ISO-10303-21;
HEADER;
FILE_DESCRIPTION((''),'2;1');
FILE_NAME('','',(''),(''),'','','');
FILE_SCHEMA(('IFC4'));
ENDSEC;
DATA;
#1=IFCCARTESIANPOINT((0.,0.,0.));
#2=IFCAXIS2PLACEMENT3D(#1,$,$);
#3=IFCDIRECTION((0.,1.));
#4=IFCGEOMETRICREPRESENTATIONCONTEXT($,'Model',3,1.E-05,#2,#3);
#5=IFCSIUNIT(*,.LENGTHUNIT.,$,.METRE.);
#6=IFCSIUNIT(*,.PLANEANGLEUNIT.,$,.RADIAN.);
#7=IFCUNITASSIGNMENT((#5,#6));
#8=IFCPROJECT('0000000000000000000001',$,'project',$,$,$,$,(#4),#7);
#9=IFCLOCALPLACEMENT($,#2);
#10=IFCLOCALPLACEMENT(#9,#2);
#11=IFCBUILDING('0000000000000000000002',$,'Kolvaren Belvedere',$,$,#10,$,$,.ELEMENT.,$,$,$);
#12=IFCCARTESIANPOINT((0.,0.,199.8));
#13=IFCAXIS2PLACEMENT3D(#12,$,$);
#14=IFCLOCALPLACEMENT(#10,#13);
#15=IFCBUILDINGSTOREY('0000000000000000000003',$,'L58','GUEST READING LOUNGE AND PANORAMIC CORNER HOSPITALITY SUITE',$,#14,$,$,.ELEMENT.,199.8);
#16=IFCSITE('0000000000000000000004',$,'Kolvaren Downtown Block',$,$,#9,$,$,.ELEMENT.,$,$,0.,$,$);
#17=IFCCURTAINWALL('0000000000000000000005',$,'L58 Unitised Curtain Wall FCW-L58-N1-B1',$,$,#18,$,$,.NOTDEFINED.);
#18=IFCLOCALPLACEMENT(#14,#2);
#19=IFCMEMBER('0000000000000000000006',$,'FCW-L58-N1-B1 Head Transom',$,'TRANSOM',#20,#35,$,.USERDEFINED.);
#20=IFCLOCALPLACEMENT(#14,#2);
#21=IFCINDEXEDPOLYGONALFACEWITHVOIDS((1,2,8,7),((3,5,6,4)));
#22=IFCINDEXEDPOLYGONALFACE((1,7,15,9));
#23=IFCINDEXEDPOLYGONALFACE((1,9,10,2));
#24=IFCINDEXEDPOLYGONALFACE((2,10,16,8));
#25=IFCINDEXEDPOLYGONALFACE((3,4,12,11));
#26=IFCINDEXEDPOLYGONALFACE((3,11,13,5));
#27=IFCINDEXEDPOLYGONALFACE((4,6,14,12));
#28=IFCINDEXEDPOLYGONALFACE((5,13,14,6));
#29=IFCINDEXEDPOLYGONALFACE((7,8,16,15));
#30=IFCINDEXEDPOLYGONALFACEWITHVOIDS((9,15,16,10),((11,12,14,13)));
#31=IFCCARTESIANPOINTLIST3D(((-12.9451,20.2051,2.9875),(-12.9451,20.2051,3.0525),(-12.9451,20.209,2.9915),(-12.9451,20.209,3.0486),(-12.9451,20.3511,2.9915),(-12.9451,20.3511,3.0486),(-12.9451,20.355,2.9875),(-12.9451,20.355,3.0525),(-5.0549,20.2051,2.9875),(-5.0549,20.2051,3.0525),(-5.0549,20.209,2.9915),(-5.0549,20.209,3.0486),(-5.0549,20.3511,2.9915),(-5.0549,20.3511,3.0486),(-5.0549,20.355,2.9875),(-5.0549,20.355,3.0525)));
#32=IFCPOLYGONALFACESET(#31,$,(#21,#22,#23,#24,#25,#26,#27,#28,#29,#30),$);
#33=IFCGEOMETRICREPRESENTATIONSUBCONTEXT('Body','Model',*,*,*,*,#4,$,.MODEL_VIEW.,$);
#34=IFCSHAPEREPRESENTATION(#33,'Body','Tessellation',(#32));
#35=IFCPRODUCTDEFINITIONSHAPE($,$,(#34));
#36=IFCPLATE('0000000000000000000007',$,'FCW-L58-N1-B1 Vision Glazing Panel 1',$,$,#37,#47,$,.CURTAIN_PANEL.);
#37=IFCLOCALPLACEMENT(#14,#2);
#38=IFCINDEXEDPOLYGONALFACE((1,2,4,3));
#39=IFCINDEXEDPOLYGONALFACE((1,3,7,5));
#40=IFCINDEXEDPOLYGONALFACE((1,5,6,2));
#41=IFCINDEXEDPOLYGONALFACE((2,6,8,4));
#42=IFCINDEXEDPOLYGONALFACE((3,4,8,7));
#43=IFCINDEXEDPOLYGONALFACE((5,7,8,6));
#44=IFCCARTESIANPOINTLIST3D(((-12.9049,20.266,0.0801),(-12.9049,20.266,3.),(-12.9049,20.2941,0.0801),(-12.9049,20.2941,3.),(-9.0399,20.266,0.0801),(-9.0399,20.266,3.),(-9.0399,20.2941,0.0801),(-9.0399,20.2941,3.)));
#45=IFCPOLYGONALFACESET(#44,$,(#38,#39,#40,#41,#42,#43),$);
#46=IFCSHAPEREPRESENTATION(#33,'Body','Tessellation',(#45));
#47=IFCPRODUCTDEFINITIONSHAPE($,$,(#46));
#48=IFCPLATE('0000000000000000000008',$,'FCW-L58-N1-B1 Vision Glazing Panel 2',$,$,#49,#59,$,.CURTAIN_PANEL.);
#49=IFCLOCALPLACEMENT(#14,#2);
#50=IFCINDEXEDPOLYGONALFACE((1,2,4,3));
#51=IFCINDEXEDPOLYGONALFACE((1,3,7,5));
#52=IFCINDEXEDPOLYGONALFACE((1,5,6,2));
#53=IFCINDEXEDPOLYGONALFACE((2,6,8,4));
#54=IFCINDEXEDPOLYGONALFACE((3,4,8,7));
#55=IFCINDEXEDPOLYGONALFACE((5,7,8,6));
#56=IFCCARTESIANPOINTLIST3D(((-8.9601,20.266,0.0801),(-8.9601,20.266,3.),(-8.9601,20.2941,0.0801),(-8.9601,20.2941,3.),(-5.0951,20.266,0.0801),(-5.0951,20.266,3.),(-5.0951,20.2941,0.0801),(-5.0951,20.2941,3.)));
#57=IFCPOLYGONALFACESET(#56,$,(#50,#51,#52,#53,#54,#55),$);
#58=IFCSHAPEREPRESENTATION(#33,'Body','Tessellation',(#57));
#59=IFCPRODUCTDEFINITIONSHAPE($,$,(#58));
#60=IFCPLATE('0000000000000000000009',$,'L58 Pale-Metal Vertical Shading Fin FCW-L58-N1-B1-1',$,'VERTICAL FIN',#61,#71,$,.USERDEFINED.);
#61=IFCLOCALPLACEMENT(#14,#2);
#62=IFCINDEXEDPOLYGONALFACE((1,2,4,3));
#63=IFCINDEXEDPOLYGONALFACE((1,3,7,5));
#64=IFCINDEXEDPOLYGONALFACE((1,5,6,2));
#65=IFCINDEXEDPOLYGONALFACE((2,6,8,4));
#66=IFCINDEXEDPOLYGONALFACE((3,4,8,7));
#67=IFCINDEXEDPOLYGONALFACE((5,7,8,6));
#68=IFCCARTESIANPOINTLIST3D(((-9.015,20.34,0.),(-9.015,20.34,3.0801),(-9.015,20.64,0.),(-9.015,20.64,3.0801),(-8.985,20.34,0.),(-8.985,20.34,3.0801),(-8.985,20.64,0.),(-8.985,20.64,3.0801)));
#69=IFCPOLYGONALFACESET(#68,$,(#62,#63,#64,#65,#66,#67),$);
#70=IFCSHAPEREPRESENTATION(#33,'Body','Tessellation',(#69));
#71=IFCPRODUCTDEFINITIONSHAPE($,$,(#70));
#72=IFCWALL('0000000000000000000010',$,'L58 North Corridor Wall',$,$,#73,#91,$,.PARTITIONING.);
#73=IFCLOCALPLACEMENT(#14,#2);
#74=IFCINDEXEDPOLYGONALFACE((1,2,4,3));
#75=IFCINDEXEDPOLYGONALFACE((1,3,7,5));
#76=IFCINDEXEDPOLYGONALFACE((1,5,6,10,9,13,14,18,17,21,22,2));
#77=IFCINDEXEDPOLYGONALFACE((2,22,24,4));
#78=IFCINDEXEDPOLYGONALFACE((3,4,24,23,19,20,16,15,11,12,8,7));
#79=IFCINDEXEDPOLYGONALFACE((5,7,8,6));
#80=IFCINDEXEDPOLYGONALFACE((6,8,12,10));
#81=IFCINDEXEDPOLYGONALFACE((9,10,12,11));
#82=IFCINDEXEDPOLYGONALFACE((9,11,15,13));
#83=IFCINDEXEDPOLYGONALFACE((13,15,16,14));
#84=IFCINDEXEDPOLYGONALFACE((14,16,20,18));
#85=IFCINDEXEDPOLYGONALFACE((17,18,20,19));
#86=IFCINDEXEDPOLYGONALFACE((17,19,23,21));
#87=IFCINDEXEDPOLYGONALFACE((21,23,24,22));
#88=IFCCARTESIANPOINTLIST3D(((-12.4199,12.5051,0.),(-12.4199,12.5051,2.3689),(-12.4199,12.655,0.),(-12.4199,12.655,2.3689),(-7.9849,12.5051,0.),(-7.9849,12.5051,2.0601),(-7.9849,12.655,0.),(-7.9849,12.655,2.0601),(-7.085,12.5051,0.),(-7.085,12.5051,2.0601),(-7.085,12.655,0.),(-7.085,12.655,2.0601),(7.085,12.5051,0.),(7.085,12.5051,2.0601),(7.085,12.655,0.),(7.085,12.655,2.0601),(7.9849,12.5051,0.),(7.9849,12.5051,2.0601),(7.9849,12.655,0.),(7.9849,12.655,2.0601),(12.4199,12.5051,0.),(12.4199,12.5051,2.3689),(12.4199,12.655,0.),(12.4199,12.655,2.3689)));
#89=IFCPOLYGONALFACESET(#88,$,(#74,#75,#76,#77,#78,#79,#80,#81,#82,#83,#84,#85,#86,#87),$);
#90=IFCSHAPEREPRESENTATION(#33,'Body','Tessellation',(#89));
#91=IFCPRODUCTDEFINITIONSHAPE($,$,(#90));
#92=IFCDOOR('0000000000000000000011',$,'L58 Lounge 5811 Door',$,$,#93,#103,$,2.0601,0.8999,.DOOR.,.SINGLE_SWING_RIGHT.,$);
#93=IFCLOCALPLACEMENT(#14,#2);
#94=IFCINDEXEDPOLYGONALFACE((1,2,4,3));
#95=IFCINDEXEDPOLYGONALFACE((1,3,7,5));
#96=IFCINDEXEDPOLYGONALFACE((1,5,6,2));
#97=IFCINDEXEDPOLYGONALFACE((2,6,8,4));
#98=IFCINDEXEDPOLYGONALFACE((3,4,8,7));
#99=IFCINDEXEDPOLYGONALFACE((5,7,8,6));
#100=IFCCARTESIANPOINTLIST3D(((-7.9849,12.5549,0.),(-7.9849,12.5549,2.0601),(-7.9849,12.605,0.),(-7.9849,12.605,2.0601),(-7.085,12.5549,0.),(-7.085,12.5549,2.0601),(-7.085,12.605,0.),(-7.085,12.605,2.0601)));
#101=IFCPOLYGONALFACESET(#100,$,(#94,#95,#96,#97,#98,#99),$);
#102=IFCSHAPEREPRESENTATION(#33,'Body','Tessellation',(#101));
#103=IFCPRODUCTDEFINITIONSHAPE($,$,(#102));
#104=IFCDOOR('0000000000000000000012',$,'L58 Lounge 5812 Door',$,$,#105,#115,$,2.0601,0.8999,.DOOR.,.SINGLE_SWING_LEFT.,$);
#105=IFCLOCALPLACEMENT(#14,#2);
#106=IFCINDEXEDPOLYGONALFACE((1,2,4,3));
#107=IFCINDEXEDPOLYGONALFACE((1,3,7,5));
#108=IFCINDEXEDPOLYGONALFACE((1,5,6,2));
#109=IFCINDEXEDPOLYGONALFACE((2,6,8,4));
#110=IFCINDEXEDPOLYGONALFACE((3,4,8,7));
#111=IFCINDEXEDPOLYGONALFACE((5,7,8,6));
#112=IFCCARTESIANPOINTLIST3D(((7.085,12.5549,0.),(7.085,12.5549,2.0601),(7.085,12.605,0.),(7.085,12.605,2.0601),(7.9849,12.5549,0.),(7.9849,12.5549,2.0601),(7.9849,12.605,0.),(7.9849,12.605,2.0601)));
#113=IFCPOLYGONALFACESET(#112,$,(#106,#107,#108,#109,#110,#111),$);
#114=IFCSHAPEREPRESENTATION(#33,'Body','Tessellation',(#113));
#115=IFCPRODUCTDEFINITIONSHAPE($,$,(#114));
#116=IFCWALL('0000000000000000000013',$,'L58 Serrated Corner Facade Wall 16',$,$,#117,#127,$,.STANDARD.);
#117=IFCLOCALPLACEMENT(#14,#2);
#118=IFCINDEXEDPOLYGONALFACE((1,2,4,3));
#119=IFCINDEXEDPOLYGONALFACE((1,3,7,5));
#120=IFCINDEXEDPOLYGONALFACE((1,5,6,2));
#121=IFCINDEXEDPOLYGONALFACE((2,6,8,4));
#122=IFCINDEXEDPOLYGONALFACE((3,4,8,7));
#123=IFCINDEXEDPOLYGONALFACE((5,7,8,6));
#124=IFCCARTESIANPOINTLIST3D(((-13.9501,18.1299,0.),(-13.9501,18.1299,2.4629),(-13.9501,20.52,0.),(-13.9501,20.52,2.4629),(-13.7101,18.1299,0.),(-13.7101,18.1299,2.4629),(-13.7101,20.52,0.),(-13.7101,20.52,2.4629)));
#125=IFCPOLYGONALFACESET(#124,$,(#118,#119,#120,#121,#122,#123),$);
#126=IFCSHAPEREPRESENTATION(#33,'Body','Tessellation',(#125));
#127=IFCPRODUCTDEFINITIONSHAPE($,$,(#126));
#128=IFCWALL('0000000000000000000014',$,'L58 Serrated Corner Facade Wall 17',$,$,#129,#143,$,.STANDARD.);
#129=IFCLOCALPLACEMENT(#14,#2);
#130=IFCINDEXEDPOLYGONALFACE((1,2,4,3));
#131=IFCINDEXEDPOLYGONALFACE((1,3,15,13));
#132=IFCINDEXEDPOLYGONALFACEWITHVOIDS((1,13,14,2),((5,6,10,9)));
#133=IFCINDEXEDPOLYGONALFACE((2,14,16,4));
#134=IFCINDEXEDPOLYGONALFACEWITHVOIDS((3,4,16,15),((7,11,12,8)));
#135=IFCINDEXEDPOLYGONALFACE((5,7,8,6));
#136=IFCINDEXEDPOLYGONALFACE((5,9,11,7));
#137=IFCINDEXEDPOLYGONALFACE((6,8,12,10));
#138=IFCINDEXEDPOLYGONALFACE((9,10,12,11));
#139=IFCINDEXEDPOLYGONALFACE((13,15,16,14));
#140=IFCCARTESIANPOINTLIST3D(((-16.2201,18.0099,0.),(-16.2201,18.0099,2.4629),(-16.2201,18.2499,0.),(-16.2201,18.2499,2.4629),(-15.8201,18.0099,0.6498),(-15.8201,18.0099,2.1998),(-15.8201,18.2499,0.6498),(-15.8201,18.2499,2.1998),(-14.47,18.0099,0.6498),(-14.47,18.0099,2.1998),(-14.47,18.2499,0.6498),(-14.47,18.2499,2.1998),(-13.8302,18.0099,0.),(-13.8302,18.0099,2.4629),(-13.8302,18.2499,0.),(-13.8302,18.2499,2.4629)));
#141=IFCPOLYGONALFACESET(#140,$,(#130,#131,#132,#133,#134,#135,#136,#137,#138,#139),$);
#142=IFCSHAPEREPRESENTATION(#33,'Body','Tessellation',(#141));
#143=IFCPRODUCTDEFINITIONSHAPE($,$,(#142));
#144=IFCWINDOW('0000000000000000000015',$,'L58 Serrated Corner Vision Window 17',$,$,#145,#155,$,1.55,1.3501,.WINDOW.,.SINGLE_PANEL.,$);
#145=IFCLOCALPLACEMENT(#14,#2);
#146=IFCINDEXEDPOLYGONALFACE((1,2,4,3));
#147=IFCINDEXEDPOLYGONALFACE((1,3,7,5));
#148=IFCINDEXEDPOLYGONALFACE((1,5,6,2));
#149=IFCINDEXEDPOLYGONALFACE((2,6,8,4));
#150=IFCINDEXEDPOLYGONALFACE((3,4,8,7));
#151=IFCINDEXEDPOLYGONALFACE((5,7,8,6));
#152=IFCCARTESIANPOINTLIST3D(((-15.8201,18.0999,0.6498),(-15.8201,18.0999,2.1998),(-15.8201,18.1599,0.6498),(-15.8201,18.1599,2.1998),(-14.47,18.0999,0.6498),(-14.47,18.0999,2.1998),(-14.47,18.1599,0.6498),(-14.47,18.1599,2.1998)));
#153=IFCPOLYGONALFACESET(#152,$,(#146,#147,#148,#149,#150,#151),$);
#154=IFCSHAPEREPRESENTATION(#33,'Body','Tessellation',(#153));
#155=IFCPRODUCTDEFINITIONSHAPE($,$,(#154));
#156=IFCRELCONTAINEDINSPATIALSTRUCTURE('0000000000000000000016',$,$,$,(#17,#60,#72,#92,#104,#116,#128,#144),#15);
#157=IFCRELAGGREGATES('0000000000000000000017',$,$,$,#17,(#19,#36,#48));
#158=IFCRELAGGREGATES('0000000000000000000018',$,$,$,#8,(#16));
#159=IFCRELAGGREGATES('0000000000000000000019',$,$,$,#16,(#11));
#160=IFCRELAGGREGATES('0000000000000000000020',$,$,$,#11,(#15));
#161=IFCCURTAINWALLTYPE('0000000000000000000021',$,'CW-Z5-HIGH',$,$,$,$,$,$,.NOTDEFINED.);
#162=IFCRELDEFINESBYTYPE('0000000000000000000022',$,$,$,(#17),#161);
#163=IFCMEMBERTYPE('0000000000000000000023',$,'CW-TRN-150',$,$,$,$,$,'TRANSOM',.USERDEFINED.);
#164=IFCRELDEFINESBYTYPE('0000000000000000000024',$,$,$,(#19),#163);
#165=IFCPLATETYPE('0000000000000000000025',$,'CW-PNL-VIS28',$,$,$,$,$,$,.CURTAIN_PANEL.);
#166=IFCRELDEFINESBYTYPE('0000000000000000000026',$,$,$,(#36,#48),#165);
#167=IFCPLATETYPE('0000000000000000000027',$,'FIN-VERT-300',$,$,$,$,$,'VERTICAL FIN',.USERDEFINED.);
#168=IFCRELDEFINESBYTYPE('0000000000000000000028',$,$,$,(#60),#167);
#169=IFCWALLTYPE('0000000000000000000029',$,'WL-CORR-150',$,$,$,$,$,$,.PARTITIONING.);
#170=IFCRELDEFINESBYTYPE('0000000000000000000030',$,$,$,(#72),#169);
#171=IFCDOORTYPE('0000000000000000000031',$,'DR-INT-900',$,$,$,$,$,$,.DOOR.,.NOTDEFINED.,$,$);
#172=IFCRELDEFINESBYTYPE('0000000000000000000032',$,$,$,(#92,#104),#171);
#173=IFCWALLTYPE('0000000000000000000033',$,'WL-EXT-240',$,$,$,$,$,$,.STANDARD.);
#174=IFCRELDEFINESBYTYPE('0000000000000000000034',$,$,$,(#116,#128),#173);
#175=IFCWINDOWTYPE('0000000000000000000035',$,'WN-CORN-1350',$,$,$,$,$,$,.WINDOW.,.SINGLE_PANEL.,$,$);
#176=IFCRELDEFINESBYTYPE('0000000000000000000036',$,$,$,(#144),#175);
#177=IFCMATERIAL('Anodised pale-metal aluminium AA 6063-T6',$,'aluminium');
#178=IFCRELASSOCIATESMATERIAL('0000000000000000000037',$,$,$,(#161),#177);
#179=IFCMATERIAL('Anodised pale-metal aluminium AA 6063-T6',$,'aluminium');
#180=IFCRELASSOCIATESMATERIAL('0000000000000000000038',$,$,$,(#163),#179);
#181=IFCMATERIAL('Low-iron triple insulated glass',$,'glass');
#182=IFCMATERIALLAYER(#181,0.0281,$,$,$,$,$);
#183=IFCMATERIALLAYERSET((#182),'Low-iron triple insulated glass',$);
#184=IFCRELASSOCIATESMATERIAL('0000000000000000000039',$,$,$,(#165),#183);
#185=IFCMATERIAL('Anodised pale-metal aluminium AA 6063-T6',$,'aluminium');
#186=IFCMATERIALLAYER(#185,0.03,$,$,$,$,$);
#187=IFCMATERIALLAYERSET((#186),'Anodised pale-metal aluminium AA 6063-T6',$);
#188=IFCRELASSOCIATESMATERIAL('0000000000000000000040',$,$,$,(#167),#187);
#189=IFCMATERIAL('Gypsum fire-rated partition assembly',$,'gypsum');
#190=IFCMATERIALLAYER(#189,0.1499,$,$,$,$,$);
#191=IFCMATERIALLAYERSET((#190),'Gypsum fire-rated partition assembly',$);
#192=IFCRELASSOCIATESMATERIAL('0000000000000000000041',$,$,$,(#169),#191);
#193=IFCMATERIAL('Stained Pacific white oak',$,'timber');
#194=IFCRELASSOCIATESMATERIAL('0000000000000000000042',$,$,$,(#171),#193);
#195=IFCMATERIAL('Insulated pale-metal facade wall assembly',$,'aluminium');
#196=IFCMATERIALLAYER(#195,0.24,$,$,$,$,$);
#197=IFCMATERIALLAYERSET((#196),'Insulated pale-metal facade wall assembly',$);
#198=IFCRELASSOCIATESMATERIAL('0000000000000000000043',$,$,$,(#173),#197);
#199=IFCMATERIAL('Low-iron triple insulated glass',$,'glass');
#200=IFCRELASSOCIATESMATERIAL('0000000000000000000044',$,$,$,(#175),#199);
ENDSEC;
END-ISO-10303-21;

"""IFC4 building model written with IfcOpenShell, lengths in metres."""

from ifc_helpers import new_model, si_unit, direction, frame, frame_2d, origin, origin_2d, place, context, subcontext, project, spatial, rectangle, hollow_rectangle, extrude, material, layer, layer_set, material_profile, profile_set, type_object, element, fill, aggregate, save


model = new_model("IFC4")

# Units and contexts
model_context = context("Model", 3, precision=1e-05, world=origin(), true_north=direction((0.0, 1.0)))
body_context = subcontext(model_context, "Body", "Model", "MODEL_VIEW")
ifc_project = project(units=[si_unit("LENGTHUNIT", "METRE"), si_unit("PLANEANGLEUNIT", "RADIAN")], contexts=[model_context])

# Site, building, storey
site_placement = place(None, origin())
site = spatial("IfcSite", under=ifc_project, at=site_placement, Name="Kolvaren Downtown Block", CompositionType="ELEMENT", RefElevation=0.0)
building_placement = place(site_placement, origin())
building = spatial("IfcBuilding", under=site, at=building_placement, Name="Kolvaren Belvedere", CompositionType="ELEMENT")
storey_placement = place(building_placement, frame((0.0, 0.0, 199.8)))
storey = spatial("IfcBuildingStorey", under=building, at=storey_placement, Name="L58", Description="GUEST READING LOUNGE AND PANORAMIC CORNER HOSPITALITY SUITE", CompositionType="ELEMENT", Elevation=199.8)

# Curtain wall
ifc_material_1 = material(Name="Anodised pale-metal aluminium AA 6063-T6", Category="aluminium")
curtain_wall_type = type_object("IfcCurtainWallType", Name="CW-Z5-HIGH", PredefinedType="NOTDEFINED", material=ifc_material_1)
curtain_wall_1_placement = place(storey_placement, origin())
curtain_wall_1 = element("IfcCurtainWall", 1, at=curtain_wall_1_placement, inside=storey, type_object=curtain_wall_type, Name="L58 Unitised Curtain Wall FCW-L58-N1-B1", PredefinedType="NOTDEFINED")

# Member
ifc_material_2 = material(Name="Anodised pale-metal aluminium AA 6063-T6", Category="aluminium")
ifc_material_profile_1 = material_profile(ifc_material_2, hollow_rectangle(XDim=0.0649, YDim=0.1499, WallThickness=0.0039, at=origin_2d()), Name="ALU-TRN-150X65")
ifc_profile_set_1 = profile_set([ifc_material_profile_1], Name="Anodised pale-metal aluminium AA 6063-T6")
member_type_1 = type_object("IfcMemberType", Name="CW-TRN-150", ElementType="TRANSOM", PredefinedType="USERDEFINED", material=ifc_profile_set_1)
member_1_placement = place(storey_placement, frame((-12.9451, 20.28, 3.02), z_axis=(1.0, 0.0, 0.0), x_axis=(0.0, 0.0, 1.0)))
member_1 = element("IfcMember", 2, at=member_1_placement, type_object=member_type_1, Name="FCW-L58-N1-B1 Head Transom", ObjectType="TRANSOM", PredefinedType="USERDEFINED", context=body_context, shape_type="SweptSolid", body=[
    extrude(hollow_rectangle(XDim=0.0649, YDim=0.1499, WallThickness=0.0039, at=origin_2d()), origin(), (0.0, 0.0, 1.0), 7.8901),
])

# Plates
ifc_material_3 = material(Name="Low-iron triple insulated glass", Category="glass")
ifc_layer_1 = layer(ifc_material_3, 0.0281)
ifc_layer_set_1 = layer_set([ifc_layer_1], Name="Low-iron triple insulated glass")
plate_type_1 = type_object("IfcPlateType", Name="CW-PNL-VIS28", PredefinedType="CURTAIN_PANEL", material=ifc_layer_set_1)
plate_1_placement = place(storey_placement, frame((-10.9724, 20.28, 0.0801), z_axis=(0.0, 0.0, 1.0), x_axis=(1.0, 0.0, 0.0)))
plate_1 = element("IfcPlate", 3, at=plate_1_placement, type_object=plate_type_1, Name="FCW-L58-N1-B1 Vision Glazing Panel 1", PredefinedType="CURTAIN_PANEL", context=body_context, shape_type="SweptSolid", body=[
    extrude(rectangle(XDim=3.865, YDim=0.0281, at=origin_2d()), origin(), (0.0, 0.0, 1.0), 2.9199),
])
plate_2_placement = place(storey_placement, frame((-7.0276, 20.28, 0.0801), z_axis=(0.0, 0.0, 1.0), x_axis=(1.0, 0.0, 0.0)))
plate_2 = element("IfcPlate", 4, at=plate_2_placement, type_object=plate_type_1, Name="FCW-L58-N1-B1 Vision Glazing Panel 2", PredefinedType="CURTAIN_PANEL", context=body_context, shape_type="SweptSolid", body=[
    extrude(rectangle(XDim=3.865, YDim=0.0281, at=origin_2d()), origin(), (0.0, 0.0, 1.0), 2.9199),
])
aggregate(curtain_wall_1, [member_1, plate_1, plate_2])
ifc_material_4 = material(Name="Anodised pale-metal aluminium AA 6063-T6", Category="aluminium")
ifc_layer_2 = layer(ifc_material_4, 0.03)
ifc_layer_set_2 = layer_set([ifc_layer_2], Name="Anodised pale-metal aluminium AA 6063-T6")
plate_type_2 = type_object("IfcPlateType", Name="FIN-VERT-300", ElementType="VERTICAL FIN", PredefinedType="USERDEFINED", material=ifc_layer_set_2)
plate_3_placement = place(storey_placement, frame((-9.0, 20.49, 0.0), z_axis=(0.0, 0.0, 1.0), x_axis=(0.0, 1.0, 0.0)))
element("IfcPlate", 5, at=plate_3_placement, inside=storey, type_object=plate_type_2, Name="L58 Pale-Metal Vertical Shading Fin FCW-L58-N1-B1-1", ObjectType="VERTICAL FIN", PredefinedType="USERDEFINED", context=body_context, shape_type="SweptSolid", body=[
    extrude(rectangle(XDim=0.3, YDim=0.03, at=origin_2d()), origin(), (0.0, 0.0, 1.0), 3.0801),
])

# Wall, openings, doors
ifc_material_5 = material(Name="Gypsum fire-rated partition assembly", Category="gypsum")
ifc_layer_3 = layer(ifc_material_5, 0.1499)
ifc_layer_set_3 = layer_set([ifc_layer_3], Name="Gypsum fire-rated partition assembly")
wall_type_1 = type_object("IfcWallType", Name="WL-CORR-150", PredefinedType="PARTITIONING", material=ifc_layer_set_3)
wall_1_placement = place(storey_placement, frame((-12.4199, 12.5801, 0.0), z_axis=(0.0, 0.0, 1.0), x_axis=(1.0, 0.0, 0.0)))
wall_1 = element("IfcWall", 6, at=wall_1_placement, inside=storey, type_object=wall_type_1, Name="L58 North Corridor Wall", PredefinedType="PARTITIONING", context=body_context, shape_type="SweptSolid", body=[
    extrude(rectangle(XDim=24.8398, YDim=0.1499, at=frame_2d((12.4199, 0.0))), origin(), (0.0, 0.0, 1.0), 2.3689),
])
opening_1_placement = place(wall_1_placement, frame((4.4351, 0.0, 0.0)))
opening_1 = element("IfcOpeningElement", 7, at=opening_1_placement, cuts=wall_1, PredefinedType="OPENING", context=body_context, shape_type="SweptSolid", body=[
    extrude(rectangle(XDim=0.8999, YDim=2.0601, at=frame_2d((0.45, 1.03))), frame((0.0, 0.085, 0.0), z_axis=(0.0, -1.0, 0.0), x_axis=(1.0, 0.0, 0.0)), (0.0, 0.0, 1.0), 0.1699),
])
opening_2_placement = place(wall_1_placement, frame((19.5049, 0.0, 0.0)))
opening_2 = element("IfcOpeningElement", 8, at=opening_2_placement, cuts=wall_1, PredefinedType="OPENING", context=body_context, shape_type="SweptSolid", body=[
    extrude(rectangle(XDim=0.8999, YDim=2.0601, at=frame_2d((0.45, 1.03))), frame((0.0, 0.085, 0.0), z_axis=(0.0, -1.0, 0.0), x_axis=(1.0, 0.0, 0.0)), (0.0, 0.0, 1.0), 0.1699),
])
ifc_material_6 = material(Name="Stained Pacific white oak", Category="timber")
door_type = type_object("IfcDoorType", Name="DR-INT-900", OperationType="NOTDEFINED", PredefinedType="DOOR", material=ifc_material_6)
door_1_placement = place(opening_1_placement, origin())
door_1 = element("IfcDoor", 9, at=door_1_placement, inside=storey, type_object=door_type, Name="L58 Lounge 5811 Door", OperationType="SINGLE_SWING_RIGHT", OverallHeight=2.0601, OverallWidth=0.8999, PredefinedType="DOOR", context=body_context, shape_type="SweptSolid", body=[
    extrude(rectangle(XDim=0.8999, YDim=2.0601, at=frame_2d((0.45, 1.03))), frame((0.0, 0.0249, 0.0), z_axis=(0.0, -1.0, 0.0), x_axis=(1.0, 0.0, 0.0)), (0.0, 0.0, 1.0), 0.05),
])
fill(opening_1, door_1)
door_2_placement = place(opening_2_placement, origin())
door_2 = element("IfcDoor", 10, at=door_2_placement, inside=storey, type_object=door_type, Name="L58 Lounge 5812 Door", OperationType="SINGLE_SWING_LEFT", OverallHeight=2.0601, OverallWidth=0.8999, PredefinedType="DOOR", context=body_context, shape_type="SweptSolid", body=[
    extrude(rectangle(XDim=0.8999, YDim=2.0601, at=frame_2d((0.45, 1.03))), frame((0.0, 0.0249, 0.0), z_axis=(0.0, -1.0, 0.0), x_axis=(1.0, 0.0, 0.0)), (0.0, 0.0, 1.0), 0.05),
])
fill(opening_2, door_2)

# Wall
ifc_material_7 = material(Name="Insulated pale-metal facade wall assembly", Category="aluminium")
ifc_layer_4 = layer(ifc_material_7, 0.24)
ifc_layer_set_4 = layer_set([ifc_layer_4], Name="Insulated pale-metal facade wall assembly")
wall_type_2 = type_object("IfcWallType", Name="WL-EXT-240", PredefinedType="STANDARD", material=ifc_layer_set_4)
wall_2_placement = place(storey_placement, frame((-13.8301, 18.1299, 0.0), z_axis=(0.0, 0.0, 1.0), x_axis=(0.0, 1.0, 0.0)))
element("IfcWall", 11, at=wall_2_placement, inside=storey, type_object=wall_type_2, Name="L58 Serrated Corner Facade Wall 16", PredefinedType="STANDARD", context=body_context, shape_type="SweptSolid", body=[
    extrude(rectangle(XDim=2.3901, YDim=0.24, at=frame_2d((1.1951, 0.0))), origin(), (0.0, 0.0, 1.0), 2.4629),
])

# Wall, opening, window
wall_3_placement = place(storey_placement, frame((-16.22, 18.1299, 0.0), z_axis=(0.0, 0.0, 1.0), x_axis=(1.0, 0.0, 0.0)))
wall_3 = element("IfcWall", 12, at=wall_3_placement, inside=storey, type_object=wall_type_2, Name="L58 Serrated Corner Facade Wall 17", PredefinedType="STANDARD", context=body_context, shape_type="SweptSolid", body=[
    extrude(rectangle(XDim=2.3899, YDim=0.24, at=frame_2d((1.1948, 0.0))), origin(), (0.0, 0.0, 1.0), 2.4629),
])
opening_3_placement = place(wall_3_placement, frame((0.3999, 0.0, 0.6499)))
opening_3 = element("IfcOpeningElement", 13, at=opening_3_placement, cuts=wall_3, PredefinedType="OPENING", context=body_context, shape_type="SweptSolid", body=[
    extrude(rectangle(XDim=1.3501, YDim=1.55, at=frame_2d((0.675, 0.7749))), frame((0.0, 0.1299, 0.0), z_axis=(0.0, -1.0, 0.0), x_axis=(1.0, 0.0, 0.0)), (0.0, 0.0, 1.0), 0.26),
])
ifc_material_8 = material(Name="Low-iron triple insulated glass", Category="glass")
window_type_1 = type_object("IfcWindowType", Name="WN-CORN-1350", PartitioningType="SINGLE_PANEL", PredefinedType="WINDOW", material=ifc_material_8)
window_1_placement = place(opening_3_placement, origin())
window_1 = element("IfcWindow", 14, at=window_1_placement, inside=storey, type_object=window_type_1, Name="L58 Serrated Corner Vision Window 17", OverallHeight=1.55, OverallWidth=1.3501, PartitioningType="SINGLE_PANEL", PredefinedType="WINDOW", context=body_context, shape_type="SweptSolid", body=[
    extrude(rectangle(XDim=1.3501, YDim=1.55, at=frame_2d((0.675, 0.7749))), frame((0.0, 0.03, 0.0), z_axis=(0.0, -1.0, 0.0), x_axis=(1.0, 0.0, 0.0)), (0.0, 0.0, 1.0), 0.0601),
])
fill(opening_3, window_1)

save(model, "model.ifc")
